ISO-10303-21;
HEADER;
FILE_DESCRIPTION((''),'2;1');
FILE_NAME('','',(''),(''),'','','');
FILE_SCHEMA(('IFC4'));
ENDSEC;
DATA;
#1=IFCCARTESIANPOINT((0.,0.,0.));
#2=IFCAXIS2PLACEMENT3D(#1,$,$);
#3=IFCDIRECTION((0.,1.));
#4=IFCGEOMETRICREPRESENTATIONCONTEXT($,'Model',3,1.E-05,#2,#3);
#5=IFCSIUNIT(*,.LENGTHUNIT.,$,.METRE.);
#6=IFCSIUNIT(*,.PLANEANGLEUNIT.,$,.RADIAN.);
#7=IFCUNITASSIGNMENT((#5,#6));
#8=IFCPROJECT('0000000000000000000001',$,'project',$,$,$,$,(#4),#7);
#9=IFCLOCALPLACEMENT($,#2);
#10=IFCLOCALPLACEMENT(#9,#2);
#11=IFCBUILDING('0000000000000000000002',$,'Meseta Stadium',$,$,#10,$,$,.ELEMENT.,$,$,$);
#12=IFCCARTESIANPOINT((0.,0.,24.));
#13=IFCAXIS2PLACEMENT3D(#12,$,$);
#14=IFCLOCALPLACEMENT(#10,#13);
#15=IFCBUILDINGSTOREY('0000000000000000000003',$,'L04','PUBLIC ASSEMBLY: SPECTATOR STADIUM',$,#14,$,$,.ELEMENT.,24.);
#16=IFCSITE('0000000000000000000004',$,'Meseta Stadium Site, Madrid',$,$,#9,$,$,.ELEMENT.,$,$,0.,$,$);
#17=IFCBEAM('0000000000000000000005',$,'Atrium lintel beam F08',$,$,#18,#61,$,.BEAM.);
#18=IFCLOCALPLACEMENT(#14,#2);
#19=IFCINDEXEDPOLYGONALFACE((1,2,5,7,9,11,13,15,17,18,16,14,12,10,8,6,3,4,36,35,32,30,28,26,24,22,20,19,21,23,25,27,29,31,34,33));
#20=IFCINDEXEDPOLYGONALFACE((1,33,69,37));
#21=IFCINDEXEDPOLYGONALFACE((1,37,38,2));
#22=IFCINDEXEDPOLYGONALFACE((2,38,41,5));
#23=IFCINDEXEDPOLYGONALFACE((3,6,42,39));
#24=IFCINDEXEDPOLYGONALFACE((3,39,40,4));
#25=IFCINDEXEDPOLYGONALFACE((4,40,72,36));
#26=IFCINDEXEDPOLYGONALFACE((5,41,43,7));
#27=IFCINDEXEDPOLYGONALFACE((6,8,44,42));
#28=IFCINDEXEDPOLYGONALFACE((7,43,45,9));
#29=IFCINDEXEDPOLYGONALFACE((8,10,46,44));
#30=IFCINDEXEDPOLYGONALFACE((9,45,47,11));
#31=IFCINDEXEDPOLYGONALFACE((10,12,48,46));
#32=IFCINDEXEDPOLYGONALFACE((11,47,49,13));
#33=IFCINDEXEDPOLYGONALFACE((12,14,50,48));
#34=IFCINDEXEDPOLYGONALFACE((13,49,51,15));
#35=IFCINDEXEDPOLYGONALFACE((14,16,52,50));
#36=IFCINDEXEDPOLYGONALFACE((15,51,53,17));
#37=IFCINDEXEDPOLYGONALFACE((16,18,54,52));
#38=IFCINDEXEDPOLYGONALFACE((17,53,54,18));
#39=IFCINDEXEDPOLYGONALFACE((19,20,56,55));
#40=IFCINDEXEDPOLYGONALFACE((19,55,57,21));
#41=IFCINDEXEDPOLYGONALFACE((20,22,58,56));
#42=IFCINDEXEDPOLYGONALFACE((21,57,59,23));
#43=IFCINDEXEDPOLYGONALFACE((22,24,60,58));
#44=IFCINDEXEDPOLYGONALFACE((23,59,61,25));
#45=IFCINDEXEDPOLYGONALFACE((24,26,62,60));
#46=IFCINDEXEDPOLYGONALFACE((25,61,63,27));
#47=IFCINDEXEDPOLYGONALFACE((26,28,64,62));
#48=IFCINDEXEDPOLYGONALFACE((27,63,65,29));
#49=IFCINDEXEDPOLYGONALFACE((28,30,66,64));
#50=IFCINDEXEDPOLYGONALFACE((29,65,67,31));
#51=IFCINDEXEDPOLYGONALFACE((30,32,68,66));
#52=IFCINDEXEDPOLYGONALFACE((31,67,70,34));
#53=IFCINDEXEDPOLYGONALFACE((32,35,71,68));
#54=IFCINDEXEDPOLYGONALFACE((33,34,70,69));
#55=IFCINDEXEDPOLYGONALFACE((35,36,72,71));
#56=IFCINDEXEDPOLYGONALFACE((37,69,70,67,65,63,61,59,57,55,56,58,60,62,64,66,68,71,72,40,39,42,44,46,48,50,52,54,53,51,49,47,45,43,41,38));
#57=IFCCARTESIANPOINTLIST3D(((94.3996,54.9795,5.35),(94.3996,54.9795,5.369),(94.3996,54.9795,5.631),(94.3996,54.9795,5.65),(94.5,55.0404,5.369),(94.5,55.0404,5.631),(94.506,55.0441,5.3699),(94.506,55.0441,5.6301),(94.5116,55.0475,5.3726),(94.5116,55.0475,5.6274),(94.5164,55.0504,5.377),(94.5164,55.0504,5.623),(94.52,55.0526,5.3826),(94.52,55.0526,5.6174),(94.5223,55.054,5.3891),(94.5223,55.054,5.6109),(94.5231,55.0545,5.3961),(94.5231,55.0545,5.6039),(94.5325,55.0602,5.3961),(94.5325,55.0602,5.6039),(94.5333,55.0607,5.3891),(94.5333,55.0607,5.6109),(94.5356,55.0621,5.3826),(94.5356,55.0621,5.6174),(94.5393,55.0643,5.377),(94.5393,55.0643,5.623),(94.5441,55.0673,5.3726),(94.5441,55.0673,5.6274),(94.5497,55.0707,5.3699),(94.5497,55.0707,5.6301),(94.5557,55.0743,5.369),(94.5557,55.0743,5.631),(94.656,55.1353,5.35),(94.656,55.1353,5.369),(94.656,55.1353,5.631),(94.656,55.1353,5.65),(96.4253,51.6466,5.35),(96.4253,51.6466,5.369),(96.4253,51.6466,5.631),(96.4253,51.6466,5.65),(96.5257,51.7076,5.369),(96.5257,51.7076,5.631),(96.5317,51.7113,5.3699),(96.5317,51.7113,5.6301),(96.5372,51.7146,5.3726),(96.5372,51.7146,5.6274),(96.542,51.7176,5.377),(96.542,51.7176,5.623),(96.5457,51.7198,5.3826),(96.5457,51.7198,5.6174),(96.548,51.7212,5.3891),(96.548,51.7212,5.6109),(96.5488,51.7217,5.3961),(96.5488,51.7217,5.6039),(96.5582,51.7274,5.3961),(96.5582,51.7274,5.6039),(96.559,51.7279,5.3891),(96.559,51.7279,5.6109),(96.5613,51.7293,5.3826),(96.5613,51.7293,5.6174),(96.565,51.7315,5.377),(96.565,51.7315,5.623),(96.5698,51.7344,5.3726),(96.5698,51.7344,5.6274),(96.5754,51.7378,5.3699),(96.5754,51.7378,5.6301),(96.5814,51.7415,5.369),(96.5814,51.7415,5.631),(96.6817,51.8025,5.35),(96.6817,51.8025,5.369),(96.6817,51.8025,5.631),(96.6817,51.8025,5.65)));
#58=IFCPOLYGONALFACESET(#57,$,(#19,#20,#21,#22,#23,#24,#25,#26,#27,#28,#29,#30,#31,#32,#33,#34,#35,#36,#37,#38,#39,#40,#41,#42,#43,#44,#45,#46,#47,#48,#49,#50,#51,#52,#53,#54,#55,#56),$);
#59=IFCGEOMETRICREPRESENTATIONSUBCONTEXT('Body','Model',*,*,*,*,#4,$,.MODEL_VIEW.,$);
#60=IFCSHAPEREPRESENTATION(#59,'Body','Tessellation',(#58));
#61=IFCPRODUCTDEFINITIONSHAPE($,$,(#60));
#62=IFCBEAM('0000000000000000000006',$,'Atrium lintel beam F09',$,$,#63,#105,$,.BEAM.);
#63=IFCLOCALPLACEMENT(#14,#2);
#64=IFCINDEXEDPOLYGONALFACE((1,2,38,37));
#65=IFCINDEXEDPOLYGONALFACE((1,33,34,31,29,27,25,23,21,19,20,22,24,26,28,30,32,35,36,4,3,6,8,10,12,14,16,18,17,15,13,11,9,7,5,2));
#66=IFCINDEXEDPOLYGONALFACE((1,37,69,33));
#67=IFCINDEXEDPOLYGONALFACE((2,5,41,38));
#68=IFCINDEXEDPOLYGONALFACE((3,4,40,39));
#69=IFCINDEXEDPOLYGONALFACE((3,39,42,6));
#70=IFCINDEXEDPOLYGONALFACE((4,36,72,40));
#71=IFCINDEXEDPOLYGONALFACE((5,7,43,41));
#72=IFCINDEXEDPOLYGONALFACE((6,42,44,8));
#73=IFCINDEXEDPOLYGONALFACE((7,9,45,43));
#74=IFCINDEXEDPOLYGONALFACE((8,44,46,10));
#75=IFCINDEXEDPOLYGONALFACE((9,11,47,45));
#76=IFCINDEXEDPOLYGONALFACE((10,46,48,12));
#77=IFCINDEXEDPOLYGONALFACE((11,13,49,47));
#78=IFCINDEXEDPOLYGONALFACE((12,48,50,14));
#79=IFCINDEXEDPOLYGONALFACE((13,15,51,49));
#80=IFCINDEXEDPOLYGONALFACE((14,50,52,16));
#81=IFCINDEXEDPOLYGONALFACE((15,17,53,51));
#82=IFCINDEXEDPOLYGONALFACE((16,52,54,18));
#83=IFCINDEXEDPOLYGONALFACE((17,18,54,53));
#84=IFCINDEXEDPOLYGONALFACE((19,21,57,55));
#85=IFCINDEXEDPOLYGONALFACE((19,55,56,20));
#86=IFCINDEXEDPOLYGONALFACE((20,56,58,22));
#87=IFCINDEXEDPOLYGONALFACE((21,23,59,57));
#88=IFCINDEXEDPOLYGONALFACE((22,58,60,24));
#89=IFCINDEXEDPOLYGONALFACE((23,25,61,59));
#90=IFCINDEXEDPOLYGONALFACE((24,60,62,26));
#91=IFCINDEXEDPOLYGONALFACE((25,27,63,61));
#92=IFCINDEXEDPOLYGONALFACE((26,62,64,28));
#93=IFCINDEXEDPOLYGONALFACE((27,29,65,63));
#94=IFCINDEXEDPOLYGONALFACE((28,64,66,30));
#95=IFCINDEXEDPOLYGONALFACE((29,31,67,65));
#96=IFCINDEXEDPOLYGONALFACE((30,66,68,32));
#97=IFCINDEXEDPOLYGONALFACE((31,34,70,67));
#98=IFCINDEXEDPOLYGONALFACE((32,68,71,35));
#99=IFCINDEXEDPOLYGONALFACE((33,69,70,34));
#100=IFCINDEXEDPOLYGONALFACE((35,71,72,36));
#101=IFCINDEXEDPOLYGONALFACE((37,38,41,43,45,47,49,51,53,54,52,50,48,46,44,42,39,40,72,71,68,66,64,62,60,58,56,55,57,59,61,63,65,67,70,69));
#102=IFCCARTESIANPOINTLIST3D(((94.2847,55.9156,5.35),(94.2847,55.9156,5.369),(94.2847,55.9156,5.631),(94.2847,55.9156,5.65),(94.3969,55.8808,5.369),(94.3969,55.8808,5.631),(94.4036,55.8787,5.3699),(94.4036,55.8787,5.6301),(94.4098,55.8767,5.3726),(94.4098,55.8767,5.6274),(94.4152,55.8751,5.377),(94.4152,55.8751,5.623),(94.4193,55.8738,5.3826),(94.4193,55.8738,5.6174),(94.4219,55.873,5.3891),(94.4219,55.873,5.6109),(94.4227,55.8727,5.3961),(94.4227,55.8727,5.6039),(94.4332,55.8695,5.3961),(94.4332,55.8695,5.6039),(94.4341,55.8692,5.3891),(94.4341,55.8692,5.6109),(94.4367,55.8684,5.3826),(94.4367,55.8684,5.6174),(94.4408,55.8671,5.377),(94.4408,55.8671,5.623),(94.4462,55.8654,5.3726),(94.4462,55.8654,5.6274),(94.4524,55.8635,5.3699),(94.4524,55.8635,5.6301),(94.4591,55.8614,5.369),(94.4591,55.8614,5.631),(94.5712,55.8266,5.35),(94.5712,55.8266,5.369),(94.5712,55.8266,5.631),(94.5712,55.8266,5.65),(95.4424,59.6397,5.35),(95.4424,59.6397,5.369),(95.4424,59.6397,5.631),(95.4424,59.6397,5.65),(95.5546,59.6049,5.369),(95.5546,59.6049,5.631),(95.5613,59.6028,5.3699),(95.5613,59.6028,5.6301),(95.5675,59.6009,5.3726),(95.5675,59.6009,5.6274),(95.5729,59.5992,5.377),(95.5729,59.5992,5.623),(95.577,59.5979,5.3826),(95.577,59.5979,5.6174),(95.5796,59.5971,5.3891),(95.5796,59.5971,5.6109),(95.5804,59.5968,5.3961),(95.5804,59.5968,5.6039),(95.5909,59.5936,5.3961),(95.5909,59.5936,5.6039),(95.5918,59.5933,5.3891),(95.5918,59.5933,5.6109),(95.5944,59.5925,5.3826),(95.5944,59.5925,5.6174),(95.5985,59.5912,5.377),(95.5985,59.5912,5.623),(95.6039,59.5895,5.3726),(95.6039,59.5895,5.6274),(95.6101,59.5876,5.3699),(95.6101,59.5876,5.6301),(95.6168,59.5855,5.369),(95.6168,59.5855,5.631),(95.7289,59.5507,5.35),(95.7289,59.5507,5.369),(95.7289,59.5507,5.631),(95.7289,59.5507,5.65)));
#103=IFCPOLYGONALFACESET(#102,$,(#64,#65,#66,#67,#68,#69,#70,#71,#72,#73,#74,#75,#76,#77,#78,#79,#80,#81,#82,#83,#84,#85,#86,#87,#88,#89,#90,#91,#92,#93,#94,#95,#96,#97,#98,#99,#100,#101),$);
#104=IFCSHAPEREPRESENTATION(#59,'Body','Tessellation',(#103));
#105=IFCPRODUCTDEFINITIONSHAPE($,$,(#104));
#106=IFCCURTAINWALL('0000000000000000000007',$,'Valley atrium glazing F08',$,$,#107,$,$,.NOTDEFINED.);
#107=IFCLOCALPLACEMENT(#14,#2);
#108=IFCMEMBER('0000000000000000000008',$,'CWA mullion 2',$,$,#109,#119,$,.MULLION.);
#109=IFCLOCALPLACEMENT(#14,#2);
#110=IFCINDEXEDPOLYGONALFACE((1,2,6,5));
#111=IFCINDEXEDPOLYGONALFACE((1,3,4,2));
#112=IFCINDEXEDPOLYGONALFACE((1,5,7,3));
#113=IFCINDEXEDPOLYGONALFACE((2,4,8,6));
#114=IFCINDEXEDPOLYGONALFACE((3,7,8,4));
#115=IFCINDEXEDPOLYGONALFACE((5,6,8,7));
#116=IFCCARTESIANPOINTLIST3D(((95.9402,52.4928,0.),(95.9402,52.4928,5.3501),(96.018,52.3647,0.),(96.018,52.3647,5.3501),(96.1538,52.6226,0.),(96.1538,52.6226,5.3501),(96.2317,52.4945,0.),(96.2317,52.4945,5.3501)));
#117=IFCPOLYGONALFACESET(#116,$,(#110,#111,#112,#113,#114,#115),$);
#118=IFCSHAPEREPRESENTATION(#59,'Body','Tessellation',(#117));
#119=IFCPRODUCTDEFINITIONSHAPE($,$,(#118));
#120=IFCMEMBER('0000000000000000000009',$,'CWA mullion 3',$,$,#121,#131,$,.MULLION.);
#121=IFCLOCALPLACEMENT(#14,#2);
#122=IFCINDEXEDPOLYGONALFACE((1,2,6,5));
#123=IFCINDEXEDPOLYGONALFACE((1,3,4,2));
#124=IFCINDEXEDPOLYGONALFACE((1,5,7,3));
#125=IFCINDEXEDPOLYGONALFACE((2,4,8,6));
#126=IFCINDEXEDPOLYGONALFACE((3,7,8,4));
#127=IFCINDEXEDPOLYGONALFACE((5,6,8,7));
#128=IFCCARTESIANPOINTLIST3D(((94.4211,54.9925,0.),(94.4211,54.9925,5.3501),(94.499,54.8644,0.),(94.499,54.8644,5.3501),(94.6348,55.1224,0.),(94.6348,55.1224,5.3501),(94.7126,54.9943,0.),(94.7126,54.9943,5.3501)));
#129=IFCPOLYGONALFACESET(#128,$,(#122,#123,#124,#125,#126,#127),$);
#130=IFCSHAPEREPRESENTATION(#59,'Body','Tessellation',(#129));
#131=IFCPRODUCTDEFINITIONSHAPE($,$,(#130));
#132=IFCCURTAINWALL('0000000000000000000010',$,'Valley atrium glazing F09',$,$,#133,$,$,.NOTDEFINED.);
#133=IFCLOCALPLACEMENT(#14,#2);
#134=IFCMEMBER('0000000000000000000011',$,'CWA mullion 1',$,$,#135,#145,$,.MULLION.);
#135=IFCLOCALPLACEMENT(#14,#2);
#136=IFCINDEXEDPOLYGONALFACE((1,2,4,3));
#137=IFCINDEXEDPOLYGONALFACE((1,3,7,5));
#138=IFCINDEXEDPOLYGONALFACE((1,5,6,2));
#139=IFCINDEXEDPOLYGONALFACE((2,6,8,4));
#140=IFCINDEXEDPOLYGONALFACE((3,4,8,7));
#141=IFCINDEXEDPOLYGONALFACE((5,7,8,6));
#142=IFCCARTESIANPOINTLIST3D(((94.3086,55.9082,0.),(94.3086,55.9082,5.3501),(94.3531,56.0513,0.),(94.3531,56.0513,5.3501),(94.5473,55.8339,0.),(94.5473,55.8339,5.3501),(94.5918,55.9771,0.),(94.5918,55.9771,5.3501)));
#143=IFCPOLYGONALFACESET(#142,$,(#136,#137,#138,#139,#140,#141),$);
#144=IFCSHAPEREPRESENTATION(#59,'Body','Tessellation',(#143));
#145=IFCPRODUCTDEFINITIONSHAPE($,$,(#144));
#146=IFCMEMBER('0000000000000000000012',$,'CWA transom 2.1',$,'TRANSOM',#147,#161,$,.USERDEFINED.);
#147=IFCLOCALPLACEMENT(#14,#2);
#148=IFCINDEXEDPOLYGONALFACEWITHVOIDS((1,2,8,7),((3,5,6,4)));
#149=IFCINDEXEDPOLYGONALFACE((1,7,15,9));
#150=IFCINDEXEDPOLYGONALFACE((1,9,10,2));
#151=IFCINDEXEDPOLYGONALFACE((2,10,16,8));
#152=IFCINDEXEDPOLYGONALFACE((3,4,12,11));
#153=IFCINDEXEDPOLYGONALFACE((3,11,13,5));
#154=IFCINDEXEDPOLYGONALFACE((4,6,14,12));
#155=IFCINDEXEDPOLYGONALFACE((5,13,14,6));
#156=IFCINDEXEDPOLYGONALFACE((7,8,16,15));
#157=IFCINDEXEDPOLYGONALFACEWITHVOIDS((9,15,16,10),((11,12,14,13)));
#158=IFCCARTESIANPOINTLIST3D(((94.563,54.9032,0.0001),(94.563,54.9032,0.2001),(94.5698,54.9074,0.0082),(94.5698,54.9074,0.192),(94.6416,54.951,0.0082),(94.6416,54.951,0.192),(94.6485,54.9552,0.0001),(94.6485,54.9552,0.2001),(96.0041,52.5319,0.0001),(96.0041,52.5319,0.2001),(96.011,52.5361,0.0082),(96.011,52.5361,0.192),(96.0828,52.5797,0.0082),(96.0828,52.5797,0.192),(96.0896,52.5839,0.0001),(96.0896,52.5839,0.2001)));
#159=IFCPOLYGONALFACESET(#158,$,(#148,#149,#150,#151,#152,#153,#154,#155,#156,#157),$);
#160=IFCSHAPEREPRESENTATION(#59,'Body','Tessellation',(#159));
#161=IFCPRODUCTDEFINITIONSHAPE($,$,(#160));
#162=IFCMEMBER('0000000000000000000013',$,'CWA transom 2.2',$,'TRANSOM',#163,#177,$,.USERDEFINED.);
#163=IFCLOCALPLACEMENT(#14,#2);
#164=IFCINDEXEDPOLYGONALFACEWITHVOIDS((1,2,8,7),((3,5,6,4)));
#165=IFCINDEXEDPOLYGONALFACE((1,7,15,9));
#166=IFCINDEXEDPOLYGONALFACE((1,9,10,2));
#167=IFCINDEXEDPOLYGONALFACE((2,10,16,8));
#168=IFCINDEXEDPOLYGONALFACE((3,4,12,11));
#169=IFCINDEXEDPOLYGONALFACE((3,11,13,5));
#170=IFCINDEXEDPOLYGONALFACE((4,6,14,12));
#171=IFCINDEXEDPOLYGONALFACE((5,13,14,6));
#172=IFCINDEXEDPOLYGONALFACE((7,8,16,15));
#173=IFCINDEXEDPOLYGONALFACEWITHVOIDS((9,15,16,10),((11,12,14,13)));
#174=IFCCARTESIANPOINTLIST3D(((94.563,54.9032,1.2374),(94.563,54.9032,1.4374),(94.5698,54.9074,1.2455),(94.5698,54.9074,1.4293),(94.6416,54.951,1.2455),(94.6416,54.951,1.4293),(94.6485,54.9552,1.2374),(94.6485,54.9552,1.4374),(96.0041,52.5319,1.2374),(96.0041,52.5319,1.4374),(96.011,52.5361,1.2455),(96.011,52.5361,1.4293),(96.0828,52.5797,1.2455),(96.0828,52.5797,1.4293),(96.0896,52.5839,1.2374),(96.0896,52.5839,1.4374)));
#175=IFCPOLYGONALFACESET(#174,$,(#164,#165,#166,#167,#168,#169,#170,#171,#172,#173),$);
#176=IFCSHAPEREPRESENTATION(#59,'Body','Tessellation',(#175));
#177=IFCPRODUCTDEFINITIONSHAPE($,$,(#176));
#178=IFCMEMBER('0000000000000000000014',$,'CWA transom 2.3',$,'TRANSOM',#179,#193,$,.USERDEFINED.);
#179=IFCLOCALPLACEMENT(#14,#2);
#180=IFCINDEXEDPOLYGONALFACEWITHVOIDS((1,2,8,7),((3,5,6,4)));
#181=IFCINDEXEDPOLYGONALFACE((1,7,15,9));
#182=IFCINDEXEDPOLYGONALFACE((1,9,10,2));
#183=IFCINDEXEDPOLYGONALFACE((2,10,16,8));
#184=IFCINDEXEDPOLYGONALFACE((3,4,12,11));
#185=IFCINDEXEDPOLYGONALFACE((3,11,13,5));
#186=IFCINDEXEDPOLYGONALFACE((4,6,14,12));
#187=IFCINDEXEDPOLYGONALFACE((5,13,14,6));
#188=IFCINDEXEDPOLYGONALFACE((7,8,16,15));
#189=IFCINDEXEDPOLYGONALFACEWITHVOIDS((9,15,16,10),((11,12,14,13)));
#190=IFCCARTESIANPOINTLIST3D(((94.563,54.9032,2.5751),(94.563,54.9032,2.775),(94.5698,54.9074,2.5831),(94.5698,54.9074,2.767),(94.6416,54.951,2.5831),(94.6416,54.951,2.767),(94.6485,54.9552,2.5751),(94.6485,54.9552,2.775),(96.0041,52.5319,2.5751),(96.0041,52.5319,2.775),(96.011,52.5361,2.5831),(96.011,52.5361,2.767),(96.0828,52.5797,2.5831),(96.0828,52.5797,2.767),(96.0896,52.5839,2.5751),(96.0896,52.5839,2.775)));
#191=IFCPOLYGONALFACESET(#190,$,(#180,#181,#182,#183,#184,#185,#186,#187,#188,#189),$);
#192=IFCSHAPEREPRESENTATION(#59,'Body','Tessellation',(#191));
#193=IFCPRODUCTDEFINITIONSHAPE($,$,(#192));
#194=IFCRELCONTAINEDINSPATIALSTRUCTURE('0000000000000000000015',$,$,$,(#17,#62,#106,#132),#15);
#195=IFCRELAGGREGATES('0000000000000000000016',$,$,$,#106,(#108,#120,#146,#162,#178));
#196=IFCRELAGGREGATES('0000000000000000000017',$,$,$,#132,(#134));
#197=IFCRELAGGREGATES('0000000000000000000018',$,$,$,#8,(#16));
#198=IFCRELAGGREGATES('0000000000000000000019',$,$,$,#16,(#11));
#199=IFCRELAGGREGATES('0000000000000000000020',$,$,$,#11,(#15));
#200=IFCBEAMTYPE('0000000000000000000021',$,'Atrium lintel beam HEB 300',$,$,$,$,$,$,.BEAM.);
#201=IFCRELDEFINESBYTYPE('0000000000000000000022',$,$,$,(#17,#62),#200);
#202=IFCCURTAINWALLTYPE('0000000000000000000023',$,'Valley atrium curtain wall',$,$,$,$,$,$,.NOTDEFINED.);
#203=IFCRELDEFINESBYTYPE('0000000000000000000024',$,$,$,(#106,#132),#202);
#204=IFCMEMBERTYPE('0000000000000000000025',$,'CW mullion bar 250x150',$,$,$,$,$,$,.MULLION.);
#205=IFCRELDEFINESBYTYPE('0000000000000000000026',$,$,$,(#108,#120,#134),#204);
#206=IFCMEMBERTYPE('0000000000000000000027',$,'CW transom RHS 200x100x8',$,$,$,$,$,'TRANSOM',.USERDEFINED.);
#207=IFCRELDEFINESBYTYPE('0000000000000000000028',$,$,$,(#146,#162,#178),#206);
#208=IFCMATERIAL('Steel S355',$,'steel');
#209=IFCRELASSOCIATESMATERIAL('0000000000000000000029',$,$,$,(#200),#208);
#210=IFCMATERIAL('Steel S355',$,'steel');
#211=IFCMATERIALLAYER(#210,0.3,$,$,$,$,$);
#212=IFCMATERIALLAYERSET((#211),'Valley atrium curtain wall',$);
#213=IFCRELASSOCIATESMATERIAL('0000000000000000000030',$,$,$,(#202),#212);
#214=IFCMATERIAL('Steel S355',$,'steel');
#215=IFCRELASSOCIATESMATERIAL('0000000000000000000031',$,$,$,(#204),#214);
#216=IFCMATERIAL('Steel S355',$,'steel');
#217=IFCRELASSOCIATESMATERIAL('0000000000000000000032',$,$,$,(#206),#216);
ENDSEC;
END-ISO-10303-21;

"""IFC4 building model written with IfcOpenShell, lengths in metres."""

from ifc_helpers import new_model, si_unit, direction, frame, origin, origin_2d, place, context, subcontext, project, spatial, rectangle, hollow_rectangle, i_section, extrude, material, layer, layer_set, material_profile, profile_set, type_object, element, aggregate, save


model = new_model("IFC4")

# Units and contexts
model_context = context("Model", 3, precision=1e-05, world=origin(), true_north=direction((0.0, 1.0)))
body_context = subcontext(model_context, "Body", "Model", "MODEL_VIEW")
ifc_project = project(units=[si_unit("LENGTHUNIT", "METRE"), si_unit("PLANEANGLEUNIT", "RADIAN")], contexts=[model_context])

# Site, building, storey
site_placement = place(None, origin())
site = spatial("IfcSite", under=ifc_project, at=site_placement, Name="Meseta Stadium Site, Madrid", CompositionType="ELEMENT", RefElevation=0.0)
building_placement = place(site_placement, origin())
building = spatial("IfcBuilding", under=site, at=building_placement, Name="Meseta Stadium", CompositionType="ELEMENT")
storey_placement = place(building_placement, frame((0.0, 0.0, 24.0)))
storey = spatial("IfcBuildingStorey", under=building, at=storey_placement, Name="L04", Description="PUBLIC ASSEMBLY: SPECTATOR STADIUM", CompositionType="ELEMENT", Elevation=24.0)

# Beams
ifc_material_1 = material(Name="Steel S355", Category="steel")
ifc_material_profile_1 = material_profile(ifc_material_1, i_section(OverallWidth=0.3, OverallDepth=0.3, WebThickness=0.011, FlangeThickness=0.019, FilletRadius=0.0271, at=origin_2d()), Name="HEB 300")
ifc_profile_set_1 = profile_set([ifc_material_profile_1], Name="Steel S355")
beam_type = type_object("IfcBeamType", Name="Atrium lintel beam HEB 300", PredefinedType="BEAM", material=ifc_profile_set_1)
beam_1_placement = place(storey_placement, frame((94.5278, 55.0574, 5.5), z_axis=(0.519385, -0.85454, 0.0), x_axis=(0.85454, 0.519385, 0.0)))
element("IfcBeam", 1, at=beam_1_placement, inside=storey, type_object=beam_type, Name="Atrium lintel beam F08", PredefinedType="BEAM", context=body_context, shape_type="SweptSolid", body=[
    extrude(i_section(OverallWidth=0.3, OverallDepth=0.3, WebThickness=0.011, FlangeThickness=0.019, FilletRadius=0.0271, at=origin_2d()), origin(), (0.0, 0.0, 1.0), 3.9001),
])
beam_2_placement = place(storey_placement, frame((94.428, 55.8711, 5.5), z_axis=(0.296856, 0.954922, 0.0), x_axis=(-0.954922, 0.296856, 0.0)))
element("IfcBeam", 2, at=beam_2_placement, inside=storey, type_object=beam_type, Name="Atrium lintel beam F09", PredefinedType="BEAM", context=body_context, shape_type="SweptSolid", body=[
    extrude(i_section(OverallWidth=0.3, OverallDepth=0.3, WebThickness=0.011, FlangeThickness=0.019, FilletRadius=0.0271, at=origin_2d()), origin(), (0.0, 0.0, 1.0), 3.8999),
])

# Curtain wall, members
ifc_material_2 = material(Name="Steel S355", Category="steel")
ifc_layer_1 = layer(ifc_material_2, 0.3)
ifc_layer_set_1 = layer_set([ifc_layer_1], Name="Valley atrium curtain wall")
curtain_wall_type = type_object("IfcCurtainWallType", Name="Valley atrium curtain wall", PredefinedType="NOTDEFINED", material=ifc_layer_set_1)
curtain_wall_1_placement = place(storey_placement, origin())
curtain_wall_1 = element("IfcCurtainWall", 3, at=curtain_wall_1_placement, inside=storey, type_object=curtain_wall_type, Name="Valley atrium glazing F08", PredefinedType="NOTDEFINED")
ifc_material_3 = material(Name="Steel S355", Category="steel")
ifc_material_profile_2 = material_profile(ifc_material_3, rectangle(XDim=0.25, YDim=0.1499, at=origin_2d()), Name="CW 250x150")
ifc_profile_set_2 = profile_set([ifc_material_profile_2], Name="Steel S355")
member_type_1 = type_object("IfcMemberType", Name="CW mullion bar 250x150", PredefinedType="MULLION", material=ifc_profile_set_2)
member_1_placement = place(storey_placement, frame((96.0859, 52.4937, 0.0), z_axis=(0.0, 0.0, 1.0), x_axis=(-0.854554, -0.519362, 0.0)))
member_1 = element("IfcMember", 4, at=member_1_placement, type_object=member_type_1, Name="CWA mullion 2", PredefinedType="MULLION", context=body_context, shape_type="SweptSolid", body=[
    extrude(rectangle(XDim=0.25, YDim=0.1499, at=origin_2d()), origin(), (0.0, 0.0, 1.0), 5.3501),
])
member_2_placement = place(storey_placement, frame((94.5669, 54.9934, 0.0), z_axis=(0.0, 0.0, 1.0), x_axis=(-0.854554, -0.519362, 0.0)))
member_2 = element("IfcMember", 5, at=member_2_placement, type_object=member_type_1, Name="CWA mullion 3", PredefinedType="MULLION", context=body_context, shape_type="SweptSolid", body=[
    extrude(rectangle(XDim=0.25, YDim=0.1499, at=origin_2d()), origin(), (0.0, 0.0, 1.0), 5.3501),
])

# Curtain wall, member
curtain_wall_2_placement = place(storey_placement, origin())
curtain_wall_2 = element("IfcCurtainWall", 6, at=curtain_wall_2_placement, inside=storey, type_object=curtain_wall_type, Name="Valley atrium glazing F09", PredefinedType="NOTDEFINED")
member_3_placement = place(storey_placement, frame((94.4502, 55.9426, 0.0), z_axis=(0.0, 0.0, 1.0), x_axis=(-0.954918, 0.296869, 0.0)))
member_3 = element("IfcMember", 7, at=member_3_placement, type_object=member_type_1, Name="CWA mullion 1", PredefinedType="MULLION", context=body_context, shape_type="SweptSolid", body=[
    extrude(rectangle(XDim=0.25, YDim=0.1499, at=origin_2d()), origin(), (0.0, 0.0, 1.0), 5.3501),
])

# Members
ifc_material_4 = material(Name="Steel S355", Category="steel")
ifc_material_profile_3 = material_profile(ifc_material_4, hollow_rectangle(XDim=0.1001, YDim=0.2, WallThickness=0.0081, at=origin_2d()), Name="RHS 200x100x8")
ifc_profile_set_3 = profile_set([ifc_material_profile_3], Name="Steel S355")
member_type_2 = type_object("IfcMemberType", Name="CW transom RHS 200x100x8", ElementType="TRANSOM", PredefinedType="USERDEFINED", material=ifc_profile_set_3)
member_4_placement = place(storey_placement, frame((96.0469, 52.5579, 0.1001), z_axis=(-0.519352, 0.85456, 0.0), x_axis=(-0.85456, -0.519352, 0.0)))
member_4 = element("IfcMember", 8, at=member_4_placement, type_object=member_type_2, Name="CWA transom 2.1", ObjectType="TRANSOM", PredefinedType="USERDEFINED", context=body_context, shape_type="SweptSolid", body=[
    extrude(hollow_rectangle(XDim=0.1001, YDim=0.2, WallThickness=0.0081, at=origin_2d()), origin(), (0.0, 0.0, 1.0), 2.7749),
])
member_5_placement = place(storey_placement, frame((96.0469, 52.5579, 1.3374), z_axis=(-0.519352, 0.85456, 0.0), x_axis=(-0.85456, -0.519352, 0.0)))
member_5 = element("IfcMember", 9, at=member_5_placement, type_object=member_type_2, Name="CWA transom 2.2", ObjectType="TRANSOM", PredefinedType="USERDEFINED", context=body_context, shape_type="SweptSolid", body=[
    extrude(hollow_rectangle(XDim=0.1001, YDim=0.2, WallThickness=0.0081, at=origin_2d()), origin(), (0.0, 0.0, 1.0), 2.7749),
])
member_6_placement = place(storey_placement, frame((96.0469, 52.5579, 2.675), z_axis=(-0.519352, 0.85456, 0.0), x_axis=(-0.85456, -0.519352, 0.0)))
member_6 = element("IfcMember", 10, at=member_6_placement, type_object=member_type_2, Name="CWA transom 2.3", ObjectType="TRANSOM", PredefinedType="USERDEFINED", context=body_context, shape_type="SweptSolid", body=[
    extrude(hollow_rectangle(XDim=0.1001, YDim=0.2, WallThickness=0.0081, at=origin_2d()), origin(), (0.0, 0.0, 1.0), 2.7749),
])

aggregate(curtain_wall_1, [member_1, member_2, member_4, member_5, member_6])
aggregate(curtain_wall_2, [member_3])

save(model, "model.ifc")
